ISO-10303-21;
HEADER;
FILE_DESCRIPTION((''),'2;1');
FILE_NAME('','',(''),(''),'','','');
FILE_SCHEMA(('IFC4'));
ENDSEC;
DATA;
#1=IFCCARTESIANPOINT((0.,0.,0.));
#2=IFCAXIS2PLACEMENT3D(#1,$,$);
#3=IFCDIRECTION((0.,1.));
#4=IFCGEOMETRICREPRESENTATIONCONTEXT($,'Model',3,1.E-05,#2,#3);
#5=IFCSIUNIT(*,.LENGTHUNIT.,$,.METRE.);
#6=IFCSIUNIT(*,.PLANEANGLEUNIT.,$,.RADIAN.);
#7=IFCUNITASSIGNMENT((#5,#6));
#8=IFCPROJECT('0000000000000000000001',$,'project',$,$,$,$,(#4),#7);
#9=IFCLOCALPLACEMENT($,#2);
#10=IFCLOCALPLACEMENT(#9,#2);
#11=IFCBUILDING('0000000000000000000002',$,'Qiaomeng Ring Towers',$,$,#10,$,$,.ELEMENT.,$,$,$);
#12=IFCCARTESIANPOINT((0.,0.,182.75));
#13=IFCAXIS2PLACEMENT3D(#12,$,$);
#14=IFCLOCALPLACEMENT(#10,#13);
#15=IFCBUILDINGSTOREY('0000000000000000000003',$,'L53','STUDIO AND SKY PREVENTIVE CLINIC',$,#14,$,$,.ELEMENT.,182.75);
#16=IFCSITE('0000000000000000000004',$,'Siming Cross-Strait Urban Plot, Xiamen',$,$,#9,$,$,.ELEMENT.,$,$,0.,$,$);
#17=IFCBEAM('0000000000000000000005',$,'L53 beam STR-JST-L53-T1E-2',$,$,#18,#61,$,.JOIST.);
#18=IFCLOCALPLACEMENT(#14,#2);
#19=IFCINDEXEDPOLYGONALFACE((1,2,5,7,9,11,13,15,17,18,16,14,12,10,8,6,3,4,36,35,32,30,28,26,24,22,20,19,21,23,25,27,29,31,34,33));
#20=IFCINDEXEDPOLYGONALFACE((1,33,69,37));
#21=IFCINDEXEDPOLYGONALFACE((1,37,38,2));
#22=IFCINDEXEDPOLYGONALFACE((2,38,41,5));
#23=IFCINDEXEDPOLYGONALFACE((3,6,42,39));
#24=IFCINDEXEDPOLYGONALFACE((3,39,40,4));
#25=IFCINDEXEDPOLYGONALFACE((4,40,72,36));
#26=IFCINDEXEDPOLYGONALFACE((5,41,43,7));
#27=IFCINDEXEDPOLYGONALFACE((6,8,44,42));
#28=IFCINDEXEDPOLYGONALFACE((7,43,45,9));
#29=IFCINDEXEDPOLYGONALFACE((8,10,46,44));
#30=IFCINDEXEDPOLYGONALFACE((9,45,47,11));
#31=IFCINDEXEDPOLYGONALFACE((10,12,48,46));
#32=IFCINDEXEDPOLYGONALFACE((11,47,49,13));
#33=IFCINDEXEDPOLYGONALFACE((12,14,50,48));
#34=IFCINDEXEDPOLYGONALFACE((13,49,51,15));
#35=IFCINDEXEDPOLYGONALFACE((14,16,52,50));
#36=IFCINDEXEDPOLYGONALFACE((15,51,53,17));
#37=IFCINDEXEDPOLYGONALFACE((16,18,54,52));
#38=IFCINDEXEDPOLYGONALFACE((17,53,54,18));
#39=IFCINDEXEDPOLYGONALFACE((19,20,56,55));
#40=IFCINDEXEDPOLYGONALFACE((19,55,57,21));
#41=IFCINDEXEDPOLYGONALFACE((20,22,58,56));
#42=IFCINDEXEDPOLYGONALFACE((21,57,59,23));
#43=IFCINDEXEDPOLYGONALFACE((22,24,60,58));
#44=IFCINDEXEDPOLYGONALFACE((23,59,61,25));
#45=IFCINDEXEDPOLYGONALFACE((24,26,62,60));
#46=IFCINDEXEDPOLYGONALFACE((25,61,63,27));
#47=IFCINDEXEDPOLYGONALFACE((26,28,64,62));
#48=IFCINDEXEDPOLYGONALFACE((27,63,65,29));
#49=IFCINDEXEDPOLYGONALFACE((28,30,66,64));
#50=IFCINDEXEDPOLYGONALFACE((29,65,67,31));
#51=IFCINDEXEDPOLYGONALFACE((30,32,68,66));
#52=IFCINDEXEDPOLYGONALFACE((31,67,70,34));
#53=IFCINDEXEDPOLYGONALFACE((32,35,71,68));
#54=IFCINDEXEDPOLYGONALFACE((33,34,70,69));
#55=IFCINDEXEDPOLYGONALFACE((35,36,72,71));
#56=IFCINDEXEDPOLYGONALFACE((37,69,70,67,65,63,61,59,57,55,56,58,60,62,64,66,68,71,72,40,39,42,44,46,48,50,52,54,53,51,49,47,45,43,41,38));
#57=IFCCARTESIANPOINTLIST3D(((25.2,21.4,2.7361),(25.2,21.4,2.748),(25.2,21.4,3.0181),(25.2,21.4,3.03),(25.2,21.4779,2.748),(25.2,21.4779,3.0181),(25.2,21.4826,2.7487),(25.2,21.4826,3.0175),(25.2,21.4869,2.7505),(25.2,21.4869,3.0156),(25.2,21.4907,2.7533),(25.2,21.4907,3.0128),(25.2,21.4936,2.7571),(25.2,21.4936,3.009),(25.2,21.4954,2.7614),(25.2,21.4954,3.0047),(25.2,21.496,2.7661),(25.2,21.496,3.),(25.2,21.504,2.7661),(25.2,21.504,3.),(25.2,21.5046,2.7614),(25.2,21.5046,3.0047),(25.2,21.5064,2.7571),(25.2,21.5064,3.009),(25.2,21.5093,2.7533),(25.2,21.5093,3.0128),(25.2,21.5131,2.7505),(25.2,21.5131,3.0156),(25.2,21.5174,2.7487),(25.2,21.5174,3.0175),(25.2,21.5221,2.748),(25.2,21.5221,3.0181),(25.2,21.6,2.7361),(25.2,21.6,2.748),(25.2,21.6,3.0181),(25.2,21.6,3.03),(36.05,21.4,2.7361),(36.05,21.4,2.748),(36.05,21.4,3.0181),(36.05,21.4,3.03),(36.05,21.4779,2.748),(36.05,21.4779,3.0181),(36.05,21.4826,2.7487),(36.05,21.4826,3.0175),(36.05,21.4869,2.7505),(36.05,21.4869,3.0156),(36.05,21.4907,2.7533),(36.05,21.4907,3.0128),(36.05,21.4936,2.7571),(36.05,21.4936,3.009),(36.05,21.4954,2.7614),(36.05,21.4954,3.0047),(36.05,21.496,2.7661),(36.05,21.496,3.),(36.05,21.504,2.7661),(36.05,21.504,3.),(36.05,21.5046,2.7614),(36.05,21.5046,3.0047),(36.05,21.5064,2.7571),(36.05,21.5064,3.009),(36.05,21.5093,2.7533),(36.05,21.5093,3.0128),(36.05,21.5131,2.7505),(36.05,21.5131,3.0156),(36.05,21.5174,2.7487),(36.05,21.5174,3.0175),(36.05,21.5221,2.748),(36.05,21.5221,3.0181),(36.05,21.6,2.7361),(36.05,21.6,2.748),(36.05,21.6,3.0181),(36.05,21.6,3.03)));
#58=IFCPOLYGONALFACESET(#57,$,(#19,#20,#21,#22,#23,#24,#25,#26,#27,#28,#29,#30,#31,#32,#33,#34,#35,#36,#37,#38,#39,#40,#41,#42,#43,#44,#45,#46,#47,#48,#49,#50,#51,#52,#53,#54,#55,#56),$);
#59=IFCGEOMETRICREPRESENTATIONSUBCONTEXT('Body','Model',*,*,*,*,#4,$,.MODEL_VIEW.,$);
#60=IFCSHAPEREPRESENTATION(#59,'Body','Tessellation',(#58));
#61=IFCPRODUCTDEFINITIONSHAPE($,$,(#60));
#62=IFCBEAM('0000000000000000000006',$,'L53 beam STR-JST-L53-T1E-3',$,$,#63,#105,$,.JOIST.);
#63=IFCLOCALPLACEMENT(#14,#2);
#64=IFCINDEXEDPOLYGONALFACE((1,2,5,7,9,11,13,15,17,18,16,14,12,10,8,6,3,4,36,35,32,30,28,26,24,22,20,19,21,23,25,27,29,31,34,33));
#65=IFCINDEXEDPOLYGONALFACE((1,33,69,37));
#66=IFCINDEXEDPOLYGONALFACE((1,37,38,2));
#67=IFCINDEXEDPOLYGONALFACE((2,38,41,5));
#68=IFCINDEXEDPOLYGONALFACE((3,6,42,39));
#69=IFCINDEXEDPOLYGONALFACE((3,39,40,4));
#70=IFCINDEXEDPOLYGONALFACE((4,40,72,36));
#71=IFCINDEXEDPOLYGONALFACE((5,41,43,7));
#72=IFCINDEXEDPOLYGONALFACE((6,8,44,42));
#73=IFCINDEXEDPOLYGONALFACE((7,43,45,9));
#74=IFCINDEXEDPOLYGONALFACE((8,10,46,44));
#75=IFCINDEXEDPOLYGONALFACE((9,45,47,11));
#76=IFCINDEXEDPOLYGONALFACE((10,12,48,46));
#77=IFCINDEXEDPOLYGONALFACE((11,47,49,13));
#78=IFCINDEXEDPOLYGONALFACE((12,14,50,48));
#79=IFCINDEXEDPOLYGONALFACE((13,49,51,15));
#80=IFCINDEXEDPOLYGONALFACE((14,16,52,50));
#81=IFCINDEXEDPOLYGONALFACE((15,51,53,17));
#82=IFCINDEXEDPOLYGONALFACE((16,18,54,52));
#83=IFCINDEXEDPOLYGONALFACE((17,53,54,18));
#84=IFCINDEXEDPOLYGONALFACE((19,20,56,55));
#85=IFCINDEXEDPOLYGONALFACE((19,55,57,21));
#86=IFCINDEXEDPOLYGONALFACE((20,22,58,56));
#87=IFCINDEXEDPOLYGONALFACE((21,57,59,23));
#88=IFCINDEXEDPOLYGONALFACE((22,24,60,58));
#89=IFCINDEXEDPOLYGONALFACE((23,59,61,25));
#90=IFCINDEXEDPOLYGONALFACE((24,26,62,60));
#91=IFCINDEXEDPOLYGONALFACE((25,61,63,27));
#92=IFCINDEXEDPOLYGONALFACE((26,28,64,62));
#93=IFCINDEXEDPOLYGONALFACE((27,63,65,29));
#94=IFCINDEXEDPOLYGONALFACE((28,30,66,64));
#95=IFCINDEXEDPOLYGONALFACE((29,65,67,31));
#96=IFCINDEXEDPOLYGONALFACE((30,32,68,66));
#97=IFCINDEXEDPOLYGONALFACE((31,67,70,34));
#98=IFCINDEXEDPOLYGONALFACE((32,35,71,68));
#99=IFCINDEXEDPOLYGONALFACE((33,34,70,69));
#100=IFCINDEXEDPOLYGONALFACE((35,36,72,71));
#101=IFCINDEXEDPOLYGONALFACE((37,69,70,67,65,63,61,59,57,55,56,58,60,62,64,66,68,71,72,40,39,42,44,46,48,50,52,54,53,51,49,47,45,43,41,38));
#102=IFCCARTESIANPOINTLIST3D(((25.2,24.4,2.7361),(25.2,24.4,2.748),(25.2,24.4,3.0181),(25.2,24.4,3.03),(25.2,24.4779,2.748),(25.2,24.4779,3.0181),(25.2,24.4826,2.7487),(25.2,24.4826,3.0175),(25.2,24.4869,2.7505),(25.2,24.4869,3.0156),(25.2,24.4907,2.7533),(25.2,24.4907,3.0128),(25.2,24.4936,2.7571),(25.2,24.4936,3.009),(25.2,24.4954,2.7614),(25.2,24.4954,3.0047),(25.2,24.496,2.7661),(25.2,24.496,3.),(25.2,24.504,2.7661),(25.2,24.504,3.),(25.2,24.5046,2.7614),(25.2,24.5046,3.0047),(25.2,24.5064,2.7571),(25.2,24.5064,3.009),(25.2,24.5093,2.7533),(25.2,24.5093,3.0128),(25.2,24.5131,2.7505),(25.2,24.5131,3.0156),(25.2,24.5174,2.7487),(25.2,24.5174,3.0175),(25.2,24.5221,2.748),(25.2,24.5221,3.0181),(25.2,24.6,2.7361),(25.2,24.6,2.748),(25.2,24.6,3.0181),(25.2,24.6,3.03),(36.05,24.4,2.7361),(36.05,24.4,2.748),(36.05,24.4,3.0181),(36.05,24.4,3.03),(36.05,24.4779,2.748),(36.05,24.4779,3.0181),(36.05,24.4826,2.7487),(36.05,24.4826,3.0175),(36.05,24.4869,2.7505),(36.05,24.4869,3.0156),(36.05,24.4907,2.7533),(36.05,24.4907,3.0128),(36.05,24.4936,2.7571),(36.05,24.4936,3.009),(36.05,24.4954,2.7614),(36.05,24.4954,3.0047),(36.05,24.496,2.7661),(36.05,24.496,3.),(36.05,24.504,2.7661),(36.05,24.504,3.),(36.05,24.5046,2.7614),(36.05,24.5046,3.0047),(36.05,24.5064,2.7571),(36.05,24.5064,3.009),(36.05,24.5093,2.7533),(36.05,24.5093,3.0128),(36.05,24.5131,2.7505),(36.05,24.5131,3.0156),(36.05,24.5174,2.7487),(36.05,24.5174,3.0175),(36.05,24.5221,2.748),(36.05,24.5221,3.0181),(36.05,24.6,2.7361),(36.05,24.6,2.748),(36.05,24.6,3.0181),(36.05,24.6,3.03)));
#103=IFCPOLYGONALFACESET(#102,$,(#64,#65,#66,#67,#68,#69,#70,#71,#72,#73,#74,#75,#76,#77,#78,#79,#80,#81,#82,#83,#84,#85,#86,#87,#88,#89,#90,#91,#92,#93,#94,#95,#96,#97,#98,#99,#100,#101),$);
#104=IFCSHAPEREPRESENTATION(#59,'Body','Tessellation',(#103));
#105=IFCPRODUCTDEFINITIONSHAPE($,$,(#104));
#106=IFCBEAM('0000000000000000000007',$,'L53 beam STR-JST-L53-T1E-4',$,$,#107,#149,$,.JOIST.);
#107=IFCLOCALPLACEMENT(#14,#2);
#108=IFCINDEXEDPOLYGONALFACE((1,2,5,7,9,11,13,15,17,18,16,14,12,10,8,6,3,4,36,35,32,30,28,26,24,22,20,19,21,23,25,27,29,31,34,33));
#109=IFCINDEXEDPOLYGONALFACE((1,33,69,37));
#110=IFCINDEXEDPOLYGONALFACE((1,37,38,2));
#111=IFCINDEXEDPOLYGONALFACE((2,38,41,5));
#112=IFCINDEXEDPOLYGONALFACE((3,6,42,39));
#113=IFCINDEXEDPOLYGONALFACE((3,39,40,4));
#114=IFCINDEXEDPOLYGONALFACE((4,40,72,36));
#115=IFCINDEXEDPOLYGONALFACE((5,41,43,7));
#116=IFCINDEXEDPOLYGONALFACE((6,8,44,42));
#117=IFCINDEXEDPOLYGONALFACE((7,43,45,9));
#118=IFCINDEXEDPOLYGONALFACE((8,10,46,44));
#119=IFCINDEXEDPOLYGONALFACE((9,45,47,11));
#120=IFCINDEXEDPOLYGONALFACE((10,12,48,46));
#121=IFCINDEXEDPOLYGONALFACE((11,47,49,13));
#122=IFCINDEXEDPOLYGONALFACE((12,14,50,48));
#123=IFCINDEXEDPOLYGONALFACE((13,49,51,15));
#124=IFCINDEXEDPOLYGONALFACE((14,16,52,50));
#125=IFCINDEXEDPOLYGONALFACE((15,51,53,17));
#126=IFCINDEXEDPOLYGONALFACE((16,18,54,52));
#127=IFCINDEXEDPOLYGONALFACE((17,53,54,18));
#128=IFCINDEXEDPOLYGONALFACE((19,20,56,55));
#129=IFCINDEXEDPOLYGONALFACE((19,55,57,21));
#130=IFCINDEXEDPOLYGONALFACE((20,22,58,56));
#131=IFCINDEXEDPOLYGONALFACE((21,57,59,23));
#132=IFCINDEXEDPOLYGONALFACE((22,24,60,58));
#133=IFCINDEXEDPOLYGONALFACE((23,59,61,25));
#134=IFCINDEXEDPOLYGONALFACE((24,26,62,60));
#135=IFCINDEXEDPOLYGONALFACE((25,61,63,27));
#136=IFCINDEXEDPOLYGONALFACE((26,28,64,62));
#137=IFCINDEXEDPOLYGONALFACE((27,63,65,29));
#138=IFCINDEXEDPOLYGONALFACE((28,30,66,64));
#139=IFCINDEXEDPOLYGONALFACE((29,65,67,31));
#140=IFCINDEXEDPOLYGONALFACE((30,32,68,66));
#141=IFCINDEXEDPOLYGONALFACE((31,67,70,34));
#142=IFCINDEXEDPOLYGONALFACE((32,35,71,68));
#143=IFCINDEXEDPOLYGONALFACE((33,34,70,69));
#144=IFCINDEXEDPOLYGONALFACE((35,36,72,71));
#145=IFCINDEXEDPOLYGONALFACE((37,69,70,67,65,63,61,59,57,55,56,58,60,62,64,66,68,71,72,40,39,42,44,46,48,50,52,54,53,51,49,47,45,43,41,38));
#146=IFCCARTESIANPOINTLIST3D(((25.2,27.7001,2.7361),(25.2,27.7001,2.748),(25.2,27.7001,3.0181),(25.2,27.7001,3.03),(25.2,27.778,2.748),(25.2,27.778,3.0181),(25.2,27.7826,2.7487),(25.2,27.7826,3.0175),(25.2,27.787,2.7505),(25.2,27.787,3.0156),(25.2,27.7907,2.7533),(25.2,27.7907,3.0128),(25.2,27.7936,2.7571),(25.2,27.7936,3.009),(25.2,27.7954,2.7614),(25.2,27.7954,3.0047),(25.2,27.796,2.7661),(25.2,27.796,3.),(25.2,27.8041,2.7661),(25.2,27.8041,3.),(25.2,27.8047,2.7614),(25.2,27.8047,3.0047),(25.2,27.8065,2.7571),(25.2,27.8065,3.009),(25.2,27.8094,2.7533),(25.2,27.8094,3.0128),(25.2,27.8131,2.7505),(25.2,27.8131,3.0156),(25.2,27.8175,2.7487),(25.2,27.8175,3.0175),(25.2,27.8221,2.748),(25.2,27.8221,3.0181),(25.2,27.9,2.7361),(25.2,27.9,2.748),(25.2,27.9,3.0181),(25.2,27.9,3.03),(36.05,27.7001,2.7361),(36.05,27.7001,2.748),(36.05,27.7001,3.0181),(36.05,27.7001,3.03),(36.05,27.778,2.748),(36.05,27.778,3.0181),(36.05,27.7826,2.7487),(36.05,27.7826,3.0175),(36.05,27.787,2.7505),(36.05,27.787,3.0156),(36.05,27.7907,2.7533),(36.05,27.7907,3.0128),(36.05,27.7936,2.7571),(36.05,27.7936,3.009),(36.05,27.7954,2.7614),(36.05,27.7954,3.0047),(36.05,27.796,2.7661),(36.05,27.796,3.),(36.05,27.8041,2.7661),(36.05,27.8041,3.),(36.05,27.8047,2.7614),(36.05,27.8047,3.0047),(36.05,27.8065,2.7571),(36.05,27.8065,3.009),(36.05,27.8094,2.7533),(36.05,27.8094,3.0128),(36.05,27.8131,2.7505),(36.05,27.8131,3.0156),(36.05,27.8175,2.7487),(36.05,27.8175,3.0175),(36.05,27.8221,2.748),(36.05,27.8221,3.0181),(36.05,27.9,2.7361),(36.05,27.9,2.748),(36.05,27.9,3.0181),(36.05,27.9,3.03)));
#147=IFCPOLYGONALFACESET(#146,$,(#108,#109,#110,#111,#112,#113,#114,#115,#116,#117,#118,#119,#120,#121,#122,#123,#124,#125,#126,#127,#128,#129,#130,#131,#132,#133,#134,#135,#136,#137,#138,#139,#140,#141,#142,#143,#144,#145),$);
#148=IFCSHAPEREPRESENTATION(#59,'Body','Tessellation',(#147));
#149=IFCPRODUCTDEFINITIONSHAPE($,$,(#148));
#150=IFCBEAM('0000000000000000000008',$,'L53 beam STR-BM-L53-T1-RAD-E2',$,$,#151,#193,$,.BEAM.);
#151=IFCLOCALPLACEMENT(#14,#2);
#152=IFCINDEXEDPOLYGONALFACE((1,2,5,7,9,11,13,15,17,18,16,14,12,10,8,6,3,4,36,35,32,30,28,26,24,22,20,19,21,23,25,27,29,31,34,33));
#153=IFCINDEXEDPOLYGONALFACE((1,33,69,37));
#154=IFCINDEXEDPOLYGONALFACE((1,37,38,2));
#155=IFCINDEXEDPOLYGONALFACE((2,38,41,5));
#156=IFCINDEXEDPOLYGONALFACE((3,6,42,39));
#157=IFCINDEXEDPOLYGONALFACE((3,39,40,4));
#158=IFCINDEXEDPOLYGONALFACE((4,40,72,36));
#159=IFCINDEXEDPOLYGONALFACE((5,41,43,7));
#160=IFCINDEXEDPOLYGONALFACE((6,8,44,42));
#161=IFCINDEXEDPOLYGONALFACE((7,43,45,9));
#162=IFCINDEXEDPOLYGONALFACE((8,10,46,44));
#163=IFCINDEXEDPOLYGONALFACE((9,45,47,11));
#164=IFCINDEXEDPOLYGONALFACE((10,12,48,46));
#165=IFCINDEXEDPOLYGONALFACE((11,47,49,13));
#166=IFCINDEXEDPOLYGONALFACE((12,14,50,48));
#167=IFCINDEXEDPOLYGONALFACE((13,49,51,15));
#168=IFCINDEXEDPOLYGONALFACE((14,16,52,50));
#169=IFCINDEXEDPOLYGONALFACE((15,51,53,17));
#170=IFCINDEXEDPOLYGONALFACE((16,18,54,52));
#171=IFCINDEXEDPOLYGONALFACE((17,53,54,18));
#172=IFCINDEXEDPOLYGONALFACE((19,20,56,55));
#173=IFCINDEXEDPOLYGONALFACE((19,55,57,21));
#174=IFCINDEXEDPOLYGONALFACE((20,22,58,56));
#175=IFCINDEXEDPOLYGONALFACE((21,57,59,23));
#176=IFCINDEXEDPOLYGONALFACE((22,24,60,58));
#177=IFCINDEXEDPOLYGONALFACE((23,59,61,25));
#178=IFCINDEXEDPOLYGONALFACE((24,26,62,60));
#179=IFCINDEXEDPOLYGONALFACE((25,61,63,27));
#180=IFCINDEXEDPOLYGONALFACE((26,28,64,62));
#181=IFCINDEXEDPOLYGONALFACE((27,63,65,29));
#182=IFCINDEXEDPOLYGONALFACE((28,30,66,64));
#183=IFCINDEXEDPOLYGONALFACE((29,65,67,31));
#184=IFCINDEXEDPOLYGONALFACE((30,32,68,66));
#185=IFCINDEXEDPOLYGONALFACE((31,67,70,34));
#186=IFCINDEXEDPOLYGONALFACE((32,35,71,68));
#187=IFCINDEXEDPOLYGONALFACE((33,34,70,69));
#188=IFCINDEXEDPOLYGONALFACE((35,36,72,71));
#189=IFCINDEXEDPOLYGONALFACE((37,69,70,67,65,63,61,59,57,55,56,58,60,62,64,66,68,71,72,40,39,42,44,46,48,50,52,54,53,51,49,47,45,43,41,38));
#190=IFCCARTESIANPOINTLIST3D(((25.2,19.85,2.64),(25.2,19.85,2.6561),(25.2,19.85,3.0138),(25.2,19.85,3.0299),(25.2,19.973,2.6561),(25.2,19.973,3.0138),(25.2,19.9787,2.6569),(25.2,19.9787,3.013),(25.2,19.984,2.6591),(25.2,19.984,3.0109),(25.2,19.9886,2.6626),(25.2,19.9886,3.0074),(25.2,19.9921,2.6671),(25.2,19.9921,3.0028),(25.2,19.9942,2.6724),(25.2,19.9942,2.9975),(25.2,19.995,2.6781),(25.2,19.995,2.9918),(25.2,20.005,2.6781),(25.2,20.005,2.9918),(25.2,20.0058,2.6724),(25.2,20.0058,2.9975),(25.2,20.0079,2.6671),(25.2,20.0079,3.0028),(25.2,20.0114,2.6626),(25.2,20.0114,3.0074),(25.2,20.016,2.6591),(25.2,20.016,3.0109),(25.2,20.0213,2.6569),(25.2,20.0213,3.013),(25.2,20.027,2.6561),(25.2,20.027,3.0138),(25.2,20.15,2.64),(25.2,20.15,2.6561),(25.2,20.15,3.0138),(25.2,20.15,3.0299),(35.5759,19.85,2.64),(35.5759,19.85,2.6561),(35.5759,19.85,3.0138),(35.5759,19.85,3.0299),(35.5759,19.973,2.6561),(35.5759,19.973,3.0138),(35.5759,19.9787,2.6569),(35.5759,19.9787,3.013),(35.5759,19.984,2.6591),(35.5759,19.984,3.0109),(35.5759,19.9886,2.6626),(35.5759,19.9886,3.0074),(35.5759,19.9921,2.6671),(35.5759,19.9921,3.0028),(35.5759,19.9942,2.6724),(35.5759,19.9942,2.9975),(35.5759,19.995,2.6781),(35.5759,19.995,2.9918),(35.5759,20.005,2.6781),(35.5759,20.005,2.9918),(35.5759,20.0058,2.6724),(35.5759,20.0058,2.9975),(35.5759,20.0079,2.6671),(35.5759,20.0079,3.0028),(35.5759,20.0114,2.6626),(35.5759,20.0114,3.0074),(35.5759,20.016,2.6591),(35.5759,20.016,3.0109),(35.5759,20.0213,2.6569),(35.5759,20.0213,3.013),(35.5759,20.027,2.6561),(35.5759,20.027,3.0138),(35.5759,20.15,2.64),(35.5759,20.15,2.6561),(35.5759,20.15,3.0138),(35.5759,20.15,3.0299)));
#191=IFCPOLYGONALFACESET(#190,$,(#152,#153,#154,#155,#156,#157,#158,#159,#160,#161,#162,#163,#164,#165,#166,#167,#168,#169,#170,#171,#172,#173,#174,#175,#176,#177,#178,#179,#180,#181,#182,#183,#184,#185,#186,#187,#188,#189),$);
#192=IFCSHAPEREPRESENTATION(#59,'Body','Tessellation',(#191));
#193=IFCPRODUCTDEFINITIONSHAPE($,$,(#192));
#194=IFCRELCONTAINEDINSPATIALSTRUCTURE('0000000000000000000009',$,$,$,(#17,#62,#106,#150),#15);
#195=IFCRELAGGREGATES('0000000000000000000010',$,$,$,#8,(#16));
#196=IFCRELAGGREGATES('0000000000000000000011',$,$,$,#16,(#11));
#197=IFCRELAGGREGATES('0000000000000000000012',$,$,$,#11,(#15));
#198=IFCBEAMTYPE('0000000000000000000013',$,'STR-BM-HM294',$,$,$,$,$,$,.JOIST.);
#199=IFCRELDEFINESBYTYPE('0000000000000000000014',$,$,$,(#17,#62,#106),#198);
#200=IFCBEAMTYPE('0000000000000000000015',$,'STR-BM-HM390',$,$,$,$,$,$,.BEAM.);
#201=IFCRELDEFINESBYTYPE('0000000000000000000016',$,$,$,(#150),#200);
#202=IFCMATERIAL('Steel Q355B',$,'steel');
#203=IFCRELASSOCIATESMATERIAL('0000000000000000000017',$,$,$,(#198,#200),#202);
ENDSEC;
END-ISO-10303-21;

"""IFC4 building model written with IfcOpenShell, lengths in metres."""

from ifc_helpers import new_model, si_unit, direction, frame, origin, origin_2d, place, context, subcontext, project, spatial, i_section, extrude, source, transform, mapped, material, material_profile, profile_set, type_object, element, save


model = new_model("IFC4")

# Units and contexts
model_context = context("Model", 3, precision=1e-05, world=origin(), true_north=direction((0.0, 1.0)))
body_context = subcontext(model_context, "Body", "Model", "MODEL_VIEW")
ifc_project = project(units=[si_unit("LENGTHUNIT", "METRE"), si_unit("PLANEANGLEUNIT", "RADIAN")], contexts=[model_context])

# Site, building, storey
site_placement = place(None, origin())
site = spatial("IfcSite", under=ifc_project, at=site_placement, Name="Siming Cross-Strait Urban Plot, Xiamen", CompositionType="ELEMENT", RefElevation=0.0)
building_placement = place(site_placement, origin())
building = spatial("IfcBuilding", under=site, at=building_placement, Name="Qiaomeng Ring Towers", CompositionType="ELEMENT")
storey_placement = place(building_placement, frame((0.0, 0.0, 182.75)))
storey = spatial("IfcBuildingStorey", under=building, at=storey_placement, Name="L53", Description="STUDIO AND SKY PREVENTIVE CLINIC", CompositionType="ELEMENT", Elevation=182.75)

# Beams
ifc_material_1 = material(Name="Steel Q355B", Category="steel")
ifc_material_profile_1 = material_profile(ifc_material_1, i_section(OverallWidth=0.2, OverallDepth=0.2939, WebThickness=0.0081, FlangeThickness=0.012, FilletRadius=0.0181, at=origin_2d()), Name="HM 294x200x8x12")
ifc_profile_set_1 = profile_set([ifc_material_profile_1], Name="Steel Q355B")
beam_type_1 = type_object("IfcBeamType", Name="STR-BM-HM294", PredefinedType="JOIST", material=ifc_profile_set_1)
shared_shape_1 = source(origin(), body_context, "Body", "SweptSolid", [
    extrude(i_section(OverallWidth=0.2, OverallDepth=0.2939, WebThickness=0.0081, FlangeThickness=0.012, FilletRadius=0.0181, at=origin_2d()), origin(), (0.0, 0.0, 1.0), 10.8501),
])
for number, where, z_axis, x_axis, name in (
    (1, (25.2, 21.5, 2.8831), (1.0, 0.0, 0.0), (0.0, 1.0, 0.0), "L53 beam STR-JST-L53-T1E-2"),
    (2, (25.2, 24.5, 2.8831), (1.0, 0.0, 0.0), (0.0, 1.0, 0.0), "L53 beam STR-JST-L53-T1E-3"),
    (3, (25.2, 27.8, 2.8831), (1.0, 0.0, 0.0), (0.0, 1.0, 0.0), "L53 beam STR-JST-L53-T1E-4"),
):
    element("IfcBeam", number, at=place(storey_placement, frame(where, z_axis=z_axis, x_axis=x_axis)), inside=storey, type_object=beam_type_1, Name=name, PredefinedType="JOIST", context=body_context, shape_type="MappedRepresentation", body=[
        mapped(shared_shape_1, transform((0.0, 0.0, 0.0), x_axis=(1.0, 0.0, 0.0), y_axis=(0.0, 1.0, 0.0), z_axis=(0.0, 0.0, 1.0), scale=1.0)),
    ])
ifc_material_profile_2 = material_profile(ifc_material_1, i_section(OverallWidth=0.3, OverallDepth=0.3899, WebThickness=0.01, FlangeThickness=0.0161, FilletRadius=0.022, at=origin_2d()), Name="HM 390x300x10x16")
ifc_profile_set_2 = profile_set([ifc_material_profile_2], Name="Steel Q355B")
beam_type_2 = type_object("IfcBeamType", Name="STR-BM-HM390", PredefinedType="BEAM", material=ifc_profile_set_2)
shared_shape_2 = source(origin(), body_context, "Body", "SweptSolid", [
    extrude(i_section(OverallWidth=0.3, OverallDepth=0.3899, WebThickness=0.01, FlangeThickness=0.0161, FilletRadius=0.022, at=origin_2d()), origin(), (0.0, 0.0, 1.0), 10.376),
])
for number, where, z_axis, x_axis, name in (
    (4, (25.2, 20.0, 2.835), (1.0, 0.0, 0.0), (0.0, 1.0, 0.0), "L53 beam STR-BM-L53-T1-RAD-E2"),
):
    element("IfcBeam", number, at=place(storey_placement, frame(where, z_axis=z_axis, x_axis=x_axis)), inside=storey, type_object=beam_type_2, Name=name, PredefinedType="BEAM", context=body_context, shape_type="MappedRepresentation", body=[
        mapped(shared_shape_2, transform((0.0, 0.0, 0.0), x_axis=(1.0, 0.0, 0.0), y_axis=(0.0, 1.0, 0.0), z_axis=(0.0, 0.0, 1.0), scale=1.0)),
    ])

save(model, "model.ifc")
